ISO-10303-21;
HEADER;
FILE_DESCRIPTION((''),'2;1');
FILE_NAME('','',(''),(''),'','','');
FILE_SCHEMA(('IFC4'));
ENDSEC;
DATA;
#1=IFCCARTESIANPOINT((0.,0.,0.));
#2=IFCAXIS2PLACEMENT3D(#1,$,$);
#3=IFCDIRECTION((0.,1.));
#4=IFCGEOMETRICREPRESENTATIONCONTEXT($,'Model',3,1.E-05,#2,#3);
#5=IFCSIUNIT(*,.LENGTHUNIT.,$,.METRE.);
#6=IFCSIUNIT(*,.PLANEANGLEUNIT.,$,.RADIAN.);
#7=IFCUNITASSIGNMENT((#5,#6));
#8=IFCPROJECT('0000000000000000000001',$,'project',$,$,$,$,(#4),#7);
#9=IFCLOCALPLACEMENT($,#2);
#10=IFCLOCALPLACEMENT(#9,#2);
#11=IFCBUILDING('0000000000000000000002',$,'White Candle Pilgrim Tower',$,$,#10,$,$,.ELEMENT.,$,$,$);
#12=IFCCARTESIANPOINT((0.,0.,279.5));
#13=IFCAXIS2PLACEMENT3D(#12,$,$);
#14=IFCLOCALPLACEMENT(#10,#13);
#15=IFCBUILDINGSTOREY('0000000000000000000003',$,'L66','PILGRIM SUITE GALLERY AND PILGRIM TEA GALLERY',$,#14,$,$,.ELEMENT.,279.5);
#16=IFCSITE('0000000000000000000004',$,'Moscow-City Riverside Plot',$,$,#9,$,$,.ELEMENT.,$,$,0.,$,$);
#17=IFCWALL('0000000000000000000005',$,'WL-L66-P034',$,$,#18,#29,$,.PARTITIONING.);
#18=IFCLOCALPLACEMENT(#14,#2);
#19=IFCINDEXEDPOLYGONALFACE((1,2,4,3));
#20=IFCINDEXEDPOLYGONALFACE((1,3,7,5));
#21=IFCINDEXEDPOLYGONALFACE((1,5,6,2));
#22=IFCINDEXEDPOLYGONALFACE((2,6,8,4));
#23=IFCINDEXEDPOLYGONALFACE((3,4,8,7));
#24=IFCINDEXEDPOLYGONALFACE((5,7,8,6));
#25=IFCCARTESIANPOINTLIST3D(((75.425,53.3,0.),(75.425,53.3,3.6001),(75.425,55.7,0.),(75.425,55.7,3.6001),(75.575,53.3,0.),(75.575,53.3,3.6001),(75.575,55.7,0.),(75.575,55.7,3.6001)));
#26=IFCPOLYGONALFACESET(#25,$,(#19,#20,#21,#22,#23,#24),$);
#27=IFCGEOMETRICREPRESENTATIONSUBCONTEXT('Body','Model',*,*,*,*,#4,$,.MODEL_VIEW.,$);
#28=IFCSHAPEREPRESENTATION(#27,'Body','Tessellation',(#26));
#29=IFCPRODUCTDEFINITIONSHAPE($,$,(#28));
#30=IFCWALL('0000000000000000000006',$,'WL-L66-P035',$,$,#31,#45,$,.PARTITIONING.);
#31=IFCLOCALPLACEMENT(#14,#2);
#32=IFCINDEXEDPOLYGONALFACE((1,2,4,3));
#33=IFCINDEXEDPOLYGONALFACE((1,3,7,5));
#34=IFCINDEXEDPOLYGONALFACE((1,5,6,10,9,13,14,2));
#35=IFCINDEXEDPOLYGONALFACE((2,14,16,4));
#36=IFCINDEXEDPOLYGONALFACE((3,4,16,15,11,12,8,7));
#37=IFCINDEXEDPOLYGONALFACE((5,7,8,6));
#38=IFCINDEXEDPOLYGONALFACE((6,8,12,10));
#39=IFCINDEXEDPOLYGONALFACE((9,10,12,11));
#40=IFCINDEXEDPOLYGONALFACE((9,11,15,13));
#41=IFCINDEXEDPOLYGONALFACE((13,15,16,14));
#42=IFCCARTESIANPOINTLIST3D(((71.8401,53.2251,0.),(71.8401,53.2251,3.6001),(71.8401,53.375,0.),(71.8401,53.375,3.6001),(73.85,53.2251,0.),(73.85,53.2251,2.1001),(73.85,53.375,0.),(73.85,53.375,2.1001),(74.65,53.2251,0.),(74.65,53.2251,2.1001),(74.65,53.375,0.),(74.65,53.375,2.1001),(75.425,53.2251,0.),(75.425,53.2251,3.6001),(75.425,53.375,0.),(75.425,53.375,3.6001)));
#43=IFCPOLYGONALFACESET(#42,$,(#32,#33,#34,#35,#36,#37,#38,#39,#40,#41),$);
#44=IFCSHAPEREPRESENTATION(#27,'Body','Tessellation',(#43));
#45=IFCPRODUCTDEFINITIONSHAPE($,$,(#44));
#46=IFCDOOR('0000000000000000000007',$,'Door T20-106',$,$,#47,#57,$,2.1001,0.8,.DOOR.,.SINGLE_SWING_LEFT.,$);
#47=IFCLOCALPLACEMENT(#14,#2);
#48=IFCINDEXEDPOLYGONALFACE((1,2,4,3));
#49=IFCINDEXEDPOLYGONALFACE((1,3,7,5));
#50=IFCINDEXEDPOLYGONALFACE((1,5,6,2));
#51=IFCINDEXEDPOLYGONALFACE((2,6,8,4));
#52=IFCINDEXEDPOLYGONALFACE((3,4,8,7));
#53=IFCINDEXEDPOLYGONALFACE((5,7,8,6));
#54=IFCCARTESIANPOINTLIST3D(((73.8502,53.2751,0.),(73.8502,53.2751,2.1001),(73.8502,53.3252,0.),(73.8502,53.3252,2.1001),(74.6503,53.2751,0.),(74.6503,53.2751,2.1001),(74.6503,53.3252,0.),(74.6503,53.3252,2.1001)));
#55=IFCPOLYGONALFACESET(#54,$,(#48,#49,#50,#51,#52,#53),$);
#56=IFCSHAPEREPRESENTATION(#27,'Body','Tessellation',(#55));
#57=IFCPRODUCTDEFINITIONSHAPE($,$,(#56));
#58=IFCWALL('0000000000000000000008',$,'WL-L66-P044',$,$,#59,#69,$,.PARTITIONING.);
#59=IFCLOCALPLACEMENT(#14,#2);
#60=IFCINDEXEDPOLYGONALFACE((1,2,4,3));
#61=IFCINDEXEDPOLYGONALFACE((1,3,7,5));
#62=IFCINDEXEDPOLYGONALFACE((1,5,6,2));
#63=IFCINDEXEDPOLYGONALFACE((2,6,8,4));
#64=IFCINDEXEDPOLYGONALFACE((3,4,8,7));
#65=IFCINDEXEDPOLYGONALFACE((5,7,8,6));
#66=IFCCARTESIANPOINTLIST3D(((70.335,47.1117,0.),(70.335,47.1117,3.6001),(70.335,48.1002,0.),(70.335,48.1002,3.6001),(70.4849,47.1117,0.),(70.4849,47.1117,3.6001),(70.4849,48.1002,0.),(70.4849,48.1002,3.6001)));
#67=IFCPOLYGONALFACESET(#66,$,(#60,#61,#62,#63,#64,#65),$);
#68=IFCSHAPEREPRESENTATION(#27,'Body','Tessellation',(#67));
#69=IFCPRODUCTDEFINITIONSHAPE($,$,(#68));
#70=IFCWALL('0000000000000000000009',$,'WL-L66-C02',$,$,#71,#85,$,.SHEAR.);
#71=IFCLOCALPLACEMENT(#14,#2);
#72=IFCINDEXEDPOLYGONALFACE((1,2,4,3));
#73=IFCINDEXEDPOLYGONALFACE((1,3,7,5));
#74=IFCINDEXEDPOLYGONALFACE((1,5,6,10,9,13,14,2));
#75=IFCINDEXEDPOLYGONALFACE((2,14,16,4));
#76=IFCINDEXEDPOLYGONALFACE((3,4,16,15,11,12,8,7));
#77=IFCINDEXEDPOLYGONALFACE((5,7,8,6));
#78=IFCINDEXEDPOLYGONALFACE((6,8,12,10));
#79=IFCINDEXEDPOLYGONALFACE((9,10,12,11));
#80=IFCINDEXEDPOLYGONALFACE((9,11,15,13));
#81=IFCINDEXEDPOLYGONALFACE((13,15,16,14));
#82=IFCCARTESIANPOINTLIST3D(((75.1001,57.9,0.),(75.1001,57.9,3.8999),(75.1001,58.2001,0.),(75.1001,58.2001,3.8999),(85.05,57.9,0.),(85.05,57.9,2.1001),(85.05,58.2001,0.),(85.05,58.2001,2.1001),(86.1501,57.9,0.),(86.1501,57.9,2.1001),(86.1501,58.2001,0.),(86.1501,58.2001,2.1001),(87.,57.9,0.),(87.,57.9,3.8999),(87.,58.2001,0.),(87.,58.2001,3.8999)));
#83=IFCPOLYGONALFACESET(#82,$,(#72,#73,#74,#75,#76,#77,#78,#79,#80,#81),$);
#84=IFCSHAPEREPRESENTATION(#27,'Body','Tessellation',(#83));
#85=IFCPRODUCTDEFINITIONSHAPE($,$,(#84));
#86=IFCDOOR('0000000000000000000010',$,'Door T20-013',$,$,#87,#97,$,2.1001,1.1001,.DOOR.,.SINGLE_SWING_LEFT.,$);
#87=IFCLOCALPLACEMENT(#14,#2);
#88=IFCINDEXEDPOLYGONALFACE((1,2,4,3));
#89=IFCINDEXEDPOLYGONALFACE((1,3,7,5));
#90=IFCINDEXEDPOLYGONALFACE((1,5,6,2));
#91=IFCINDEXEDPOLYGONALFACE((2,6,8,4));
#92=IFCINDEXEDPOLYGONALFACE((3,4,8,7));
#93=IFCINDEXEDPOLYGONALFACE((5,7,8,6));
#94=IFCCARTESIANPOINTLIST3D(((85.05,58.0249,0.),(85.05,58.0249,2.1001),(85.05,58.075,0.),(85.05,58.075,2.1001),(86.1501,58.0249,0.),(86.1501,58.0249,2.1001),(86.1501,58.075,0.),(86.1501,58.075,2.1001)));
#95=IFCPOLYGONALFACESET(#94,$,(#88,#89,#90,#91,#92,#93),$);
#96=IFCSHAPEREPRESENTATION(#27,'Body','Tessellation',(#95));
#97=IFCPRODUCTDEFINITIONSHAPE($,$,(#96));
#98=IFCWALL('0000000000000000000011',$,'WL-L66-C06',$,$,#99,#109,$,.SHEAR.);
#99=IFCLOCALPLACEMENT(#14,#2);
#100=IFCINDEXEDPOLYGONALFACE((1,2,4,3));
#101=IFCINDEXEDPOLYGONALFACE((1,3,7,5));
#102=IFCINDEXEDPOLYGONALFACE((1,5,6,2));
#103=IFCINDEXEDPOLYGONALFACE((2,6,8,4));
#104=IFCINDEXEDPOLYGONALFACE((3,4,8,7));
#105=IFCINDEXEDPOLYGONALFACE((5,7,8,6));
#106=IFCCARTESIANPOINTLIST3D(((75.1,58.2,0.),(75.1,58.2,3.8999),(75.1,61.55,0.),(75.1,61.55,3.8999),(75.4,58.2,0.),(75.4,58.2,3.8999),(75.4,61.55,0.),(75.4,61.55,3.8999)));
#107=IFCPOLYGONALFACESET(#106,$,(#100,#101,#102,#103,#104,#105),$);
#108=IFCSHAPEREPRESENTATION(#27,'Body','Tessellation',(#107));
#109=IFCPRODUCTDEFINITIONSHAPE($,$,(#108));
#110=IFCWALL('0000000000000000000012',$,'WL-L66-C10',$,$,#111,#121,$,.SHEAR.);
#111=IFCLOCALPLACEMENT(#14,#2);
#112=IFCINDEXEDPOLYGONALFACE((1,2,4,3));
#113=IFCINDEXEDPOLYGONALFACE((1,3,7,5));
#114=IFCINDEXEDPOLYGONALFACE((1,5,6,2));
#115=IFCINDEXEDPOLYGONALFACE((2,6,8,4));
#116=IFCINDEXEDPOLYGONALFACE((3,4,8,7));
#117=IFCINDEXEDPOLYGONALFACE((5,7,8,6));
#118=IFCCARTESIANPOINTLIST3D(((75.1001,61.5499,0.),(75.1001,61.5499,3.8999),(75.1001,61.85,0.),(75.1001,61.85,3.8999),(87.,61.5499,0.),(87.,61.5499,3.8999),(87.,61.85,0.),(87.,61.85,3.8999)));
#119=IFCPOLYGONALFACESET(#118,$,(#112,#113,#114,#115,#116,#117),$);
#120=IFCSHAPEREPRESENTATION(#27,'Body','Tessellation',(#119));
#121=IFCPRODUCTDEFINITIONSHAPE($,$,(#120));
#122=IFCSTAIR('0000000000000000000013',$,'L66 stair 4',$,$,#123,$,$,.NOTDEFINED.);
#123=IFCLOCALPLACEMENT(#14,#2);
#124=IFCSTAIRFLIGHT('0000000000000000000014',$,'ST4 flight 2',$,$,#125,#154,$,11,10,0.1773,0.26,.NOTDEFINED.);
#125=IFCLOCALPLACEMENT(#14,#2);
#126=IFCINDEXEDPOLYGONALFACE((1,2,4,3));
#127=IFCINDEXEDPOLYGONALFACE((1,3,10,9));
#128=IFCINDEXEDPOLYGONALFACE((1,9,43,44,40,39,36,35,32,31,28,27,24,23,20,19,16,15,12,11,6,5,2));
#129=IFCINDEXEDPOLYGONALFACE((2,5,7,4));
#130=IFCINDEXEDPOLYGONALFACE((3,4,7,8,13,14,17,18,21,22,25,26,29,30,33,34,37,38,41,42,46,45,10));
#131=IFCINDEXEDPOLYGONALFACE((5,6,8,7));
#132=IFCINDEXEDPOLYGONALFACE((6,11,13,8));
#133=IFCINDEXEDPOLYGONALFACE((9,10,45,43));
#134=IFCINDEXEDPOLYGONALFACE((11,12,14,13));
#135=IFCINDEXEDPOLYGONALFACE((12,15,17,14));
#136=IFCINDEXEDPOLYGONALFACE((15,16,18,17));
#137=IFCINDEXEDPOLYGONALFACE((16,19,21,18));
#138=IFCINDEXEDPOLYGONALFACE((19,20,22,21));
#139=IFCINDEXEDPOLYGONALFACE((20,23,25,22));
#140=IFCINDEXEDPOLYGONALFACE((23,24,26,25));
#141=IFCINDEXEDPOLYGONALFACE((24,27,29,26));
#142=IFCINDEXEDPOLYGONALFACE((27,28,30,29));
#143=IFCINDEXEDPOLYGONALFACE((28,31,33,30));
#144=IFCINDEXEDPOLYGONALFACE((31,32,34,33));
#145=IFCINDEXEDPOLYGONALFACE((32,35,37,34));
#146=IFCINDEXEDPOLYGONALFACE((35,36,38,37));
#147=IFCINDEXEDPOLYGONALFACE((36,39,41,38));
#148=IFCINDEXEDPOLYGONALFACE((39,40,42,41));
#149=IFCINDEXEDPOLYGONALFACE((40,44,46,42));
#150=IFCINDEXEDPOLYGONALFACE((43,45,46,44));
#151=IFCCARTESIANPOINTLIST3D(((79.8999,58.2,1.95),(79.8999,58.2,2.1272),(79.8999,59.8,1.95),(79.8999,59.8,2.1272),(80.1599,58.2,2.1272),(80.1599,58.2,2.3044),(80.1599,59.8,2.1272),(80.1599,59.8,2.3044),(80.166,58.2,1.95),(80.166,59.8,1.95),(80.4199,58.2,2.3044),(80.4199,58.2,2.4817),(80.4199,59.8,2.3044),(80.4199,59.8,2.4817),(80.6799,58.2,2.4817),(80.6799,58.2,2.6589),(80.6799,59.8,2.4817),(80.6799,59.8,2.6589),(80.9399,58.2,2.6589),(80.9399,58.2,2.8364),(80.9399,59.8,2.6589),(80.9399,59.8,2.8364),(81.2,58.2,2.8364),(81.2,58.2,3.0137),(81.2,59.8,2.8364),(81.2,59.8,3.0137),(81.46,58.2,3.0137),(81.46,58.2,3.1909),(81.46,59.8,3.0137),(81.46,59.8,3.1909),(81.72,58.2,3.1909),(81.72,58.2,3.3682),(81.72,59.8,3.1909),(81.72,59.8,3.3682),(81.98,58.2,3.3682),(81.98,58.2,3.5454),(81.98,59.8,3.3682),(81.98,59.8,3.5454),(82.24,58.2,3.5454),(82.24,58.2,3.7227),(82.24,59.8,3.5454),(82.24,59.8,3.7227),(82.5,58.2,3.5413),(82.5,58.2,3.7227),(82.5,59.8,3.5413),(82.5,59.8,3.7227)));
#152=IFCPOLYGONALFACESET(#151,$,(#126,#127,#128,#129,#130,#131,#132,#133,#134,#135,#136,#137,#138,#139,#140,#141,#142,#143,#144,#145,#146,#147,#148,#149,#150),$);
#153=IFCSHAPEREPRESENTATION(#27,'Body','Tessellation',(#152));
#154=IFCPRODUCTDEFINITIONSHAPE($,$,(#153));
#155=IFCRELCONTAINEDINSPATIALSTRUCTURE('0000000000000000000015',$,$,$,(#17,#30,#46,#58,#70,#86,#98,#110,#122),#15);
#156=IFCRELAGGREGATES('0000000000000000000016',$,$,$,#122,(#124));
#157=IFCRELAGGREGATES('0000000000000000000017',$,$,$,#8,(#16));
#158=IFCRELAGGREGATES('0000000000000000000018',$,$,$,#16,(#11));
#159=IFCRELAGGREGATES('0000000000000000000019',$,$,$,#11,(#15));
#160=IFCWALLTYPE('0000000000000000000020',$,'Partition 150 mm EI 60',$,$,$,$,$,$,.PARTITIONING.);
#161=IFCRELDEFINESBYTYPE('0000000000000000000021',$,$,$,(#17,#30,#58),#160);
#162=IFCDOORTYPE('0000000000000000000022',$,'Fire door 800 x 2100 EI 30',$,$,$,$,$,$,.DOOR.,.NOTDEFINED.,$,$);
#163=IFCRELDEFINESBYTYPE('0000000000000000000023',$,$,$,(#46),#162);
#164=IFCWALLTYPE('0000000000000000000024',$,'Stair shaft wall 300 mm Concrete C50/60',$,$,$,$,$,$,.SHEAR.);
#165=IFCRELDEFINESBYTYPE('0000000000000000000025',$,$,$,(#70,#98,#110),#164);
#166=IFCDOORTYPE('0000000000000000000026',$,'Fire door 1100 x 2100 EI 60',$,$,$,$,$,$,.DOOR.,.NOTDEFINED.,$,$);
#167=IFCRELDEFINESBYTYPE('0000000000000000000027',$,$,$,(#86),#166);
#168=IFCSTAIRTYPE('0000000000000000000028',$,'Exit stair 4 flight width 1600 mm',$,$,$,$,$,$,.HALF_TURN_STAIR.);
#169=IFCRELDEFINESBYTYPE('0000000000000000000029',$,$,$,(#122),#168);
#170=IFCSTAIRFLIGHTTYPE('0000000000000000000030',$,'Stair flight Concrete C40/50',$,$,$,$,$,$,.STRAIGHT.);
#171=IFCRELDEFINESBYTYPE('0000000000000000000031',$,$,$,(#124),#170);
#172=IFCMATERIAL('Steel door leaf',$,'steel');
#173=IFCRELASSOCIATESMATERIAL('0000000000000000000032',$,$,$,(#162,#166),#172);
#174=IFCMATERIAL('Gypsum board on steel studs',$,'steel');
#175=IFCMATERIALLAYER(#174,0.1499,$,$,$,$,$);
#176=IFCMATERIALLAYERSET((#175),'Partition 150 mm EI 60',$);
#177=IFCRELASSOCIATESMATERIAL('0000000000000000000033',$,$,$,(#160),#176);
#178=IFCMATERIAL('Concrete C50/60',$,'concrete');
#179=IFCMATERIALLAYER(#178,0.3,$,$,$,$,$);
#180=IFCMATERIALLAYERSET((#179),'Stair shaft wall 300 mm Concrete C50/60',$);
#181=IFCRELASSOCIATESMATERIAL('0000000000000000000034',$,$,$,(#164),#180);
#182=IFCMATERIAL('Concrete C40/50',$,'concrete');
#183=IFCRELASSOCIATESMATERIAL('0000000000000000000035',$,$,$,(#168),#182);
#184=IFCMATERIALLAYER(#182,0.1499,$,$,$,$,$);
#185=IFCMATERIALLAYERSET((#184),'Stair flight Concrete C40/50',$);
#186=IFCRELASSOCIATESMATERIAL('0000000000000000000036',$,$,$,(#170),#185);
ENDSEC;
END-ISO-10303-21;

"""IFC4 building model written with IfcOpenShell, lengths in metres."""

from ifc_helpers import new_model, si_unit, direction, frame, frame_2d, origin, place, context, subcontext, project, spatial, polyline, rectangle, outline, extrude, material, layer, layer_set, type_object, element, fill, aggregate, save


model = new_model("IFC4")

# Units and contexts
model_context = context("Model", 3, precision=1e-05, world=origin(), true_north=direction((0.0, 1.0)))
body_context = subcontext(model_context, "Body", "Model", "MODEL_VIEW")
ifc_project = project(units=[si_unit("LENGTHUNIT", "METRE"), si_unit("PLANEANGLEUNIT", "RADIAN")], contexts=[model_context])

# Site, building, storey
site_placement = place(None, origin())
site = spatial("IfcSite", under=ifc_project, at=site_placement, Name="Moscow-City Riverside Plot", CompositionType="ELEMENT", RefElevation=0.0)
building_placement = place(site_placement, origin())
building = spatial("IfcBuilding", under=site, at=building_placement, Name="White Candle Pilgrim Tower", CompositionType="ELEMENT")
storey_placement = place(building_placement, frame((0.0, 0.0, 279.5)))
storey = spatial("IfcBuildingStorey", under=building, at=storey_placement, Name="L66", Description="PILGRIM SUITE GALLERY AND PILGRIM TEA GALLERY", CompositionType="ELEMENT", Elevation=279.5)

# Shared definitions
ifc_material_1 = material(Name="Concrete C50/60", Category="concrete")

# Shared definitions
ifc_material_2 = material(Name="Gypsum board on steel studs", Category="steel")

# Shared definitions
ifc_material_3 = material(Name="Steel door leaf", Category="steel")
door_type_1 = type_object("IfcDoorType", Name="Fire door 800 x 2100 EI 30", OperationType="NOTDEFINED", PredefinedType="DOOR", material=ifc_material_3)

# Wall
ifc_layer_1 = layer(ifc_material_2, 0.1499)
ifc_layer_set_1 = layer_set([ifc_layer_1], Name="Partition 150 mm EI 60")
wall_type_1 = type_object("IfcWallType", Name="Partition 150 mm EI 60", PredefinedType="PARTITIONING", material=ifc_layer_set_1)
wall_1_placement = place(storey_placement, frame((75.5, 55.7, 0.0), z_axis=(0.0, 0.0, 1.0), x_axis=(0.0, -1.0, 0.0)))
element("IfcWall", 1, at=wall_1_placement, inside=storey, type_object=wall_type_1, Name="WL-L66-P034", PredefinedType="PARTITIONING", context=body_context, shape_type="SweptSolid", body=[
    extrude(rectangle(XDim=2.3999, YDim=0.1499, at=frame_2d((1.2, 0.0))), origin(), (0.0, 0.0, 1.0), 3.6001),
])

# Wall, opening, door
wall_2_placement = place(storey_placement, frame((71.8401, 53.3, 0.0), z_axis=(0.0, 0.0, 1.0), x_axis=(1.0, 0.0, 0.0)))
wall_2 = element("IfcWall", 2, at=wall_2_placement, inside=storey, type_object=wall_type_1, Name="WL-L66-P035", PredefinedType="PARTITIONING", context=body_context, shape_type="SweptSolid", body=[
    extrude(rectangle(XDim=3.585, YDim=0.1499, at=frame_2d((1.7925, 0.0))), origin(), (0.0, 0.0, 1.0), 3.6001),
])
opening_1_placement = place(wall_2_placement, frame((2.01, 0.0, 0.0)))
opening_1 = element("IfcOpeningElement", 3, at=opening_1_placement, cuts=wall_2, PredefinedType="OPENING", context=body_context, shape_type="SweptSolid", body=[
    extrude(rectangle(XDim=0.8, YDim=2.1001, at=frame_2d((0.3999, 1.05))), frame((0.0, 0.085, 0.0), z_axis=(0.0, -1.0, 0.0), x_axis=(1.0, 0.0, 0.0)), (0.0, 0.0, 1.0), 0.1699),
])
door_1_placement = place(opening_1_placement, frame((0.8, 0.0, 0.0), z_axis=(0.0, 0.0, 1.0), x_axis=(-1.0, 0.0, 0.0)))
door_1 = element("IfcDoor", 4, at=door_1_placement, inside=storey, type_object=door_type_1, Name="Door T20-106", OperationType="SINGLE_SWING_LEFT", OverallHeight=2.1001, OverallWidth=0.8, PredefinedType="DOOR", context=body_context, shape_type="SweptSolid", body=[
    extrude(rectangle(XDim=0.8, YDim=2.1001, at=frame_2d((0.3999, 1.05))), frame((0.0, 0.0249, 0.0), z_axis=(0.0, -1.0, 0.0), x_axis=(1.0, 0.0, 0.0)), (0.0, 0.0, 1.0), 0.05),
])
fill(opening_1, door_1)

# Wall
wall_3_placement = place(storey_placement, frame((70.4099, 48.1001, 0.0), z_axis=(0.0, 0.0, 1.0), x_axis=(0.0, -1.0, 0.0)))
element("IfcWall", 5, at=wall_3_placement, inside=storey, type_object=wall_type_1, Name="WL-L66-P044", PredefinedType="PARTITIONING", context=body_context, shape_type="SweptSolid", body=[
    extrude(rectangle(XDim=0.9885, YDim=0.1499, at=frame_2d((0.4941, 0.0))), origin(), (0.0, 0.0, 1.0), 3.6001),
])

# Wall, opening, door
ifc_layer_2 = layer(ifc_material_1, 0.3)
ifc_layer_set_2 = layer_set([ifc_layer_2], Name="Stair shaft wall 300 mm Concrete C50/60")
wall_type_2 = type_object("IfcWallType", Name="Stair shaft wall 300 mm Concrete C50/60", PredefinedType="SHEAR", material=ifc_layer_set_2)
wall_4_placement = place(storey_placement, frame((75.1001, 58.05, 0.0), z_axis=(0.0, 0.0, 1.0), x_axis=(1.0, 0.0, 0.0)))
wall_4 = element("IfcWall", 6, at=wall_4_placement, inside=storey, type_object=wall_type_2, Name="WL-L66-C02", PredefinedType="SHEAR", context=body_context, shape_type="SweptSolid", body=[
    extrude(rectangle(XDim=11.8999, YDim=0.3, at=frame_2d((5.95, 0.0))), origin(), (0.0, 0.0, 1.0), 3.8999),
])
opening_2_placement = place(wall_4_placement, frame((9.95, 0.0, 0.0)))
opening_2 = element("IfcOpeningElement", 7, at=opening_2_placement, cuts=wall_4, PredefinedType="OPENING", context=body_context, shape_type="SweptSolid", body=[
    extrude(rectangle(XDim=1.1001, YDim=2.1001, at=frame_2d((0.55, 1.05))), frame((0.0, 0.1599, 0.0), z_axis=(0.0, -1.0, 0.0), x_axis=(1.0, 0.0, 0.0)), (0.0, 0.0, 1.0), 0.3201),
])
door_type_2 = type_object("IfcDoorType", Name="Fire door 1100 x 2100 EI 60", OperationType="NOTDEFINED", PredefinedType="DOOR", material=ifc_material_3)
door_2_placement = place(opening_2_placement, origin())
door_2 = element("IfcDoor", 8, at=door_2_placement, inside=storey, type_object=door_type_2, Name="Door T20-013", OperationType="SINGLE_SWING_LEFT", OverallHeight=2.1001, OverallWidth=1.1001, PredefinedType="DOOR", context=body_context, shape_type="SweptSolid", body=[
    extrude(rectangle(XDim=1.1001, YDim=2.1001, at=frame_2d((0.55, 1.05))), frame((0.0, 0.0249, 0.0), z_axis=(0.0, -1.0, 0.0), x_axis=(1.0, 0.0, 0.0)), (0.0, 0.0, 1.0), 0.05),
])
fill(opening_2, door_2)

# Walls
wall_5_placement = place(storey_placement, frame((75.25, 58.2, 0.0), z_axis=(0.0, 0.0, 1.0), x_axis=(0.0, 1.0, 0.0)))
element("IfcWall", 9, at=wall_5_placement, inside=storey, type_object=wall_type_2, Name="WL-L66-C06", PredefinedType="SHEAR", context=body_context, shape_type="SweptSolid", body=[
    extrude(rectangle(XDim=3.3501, YDim=0.3, at=frame_2d((1.675, 0.0))), origin(), (0.0, 0.0, 1.0), 3.8999),
])
wall_6_placement = place(storey_placement, frame((75.1001, 61.7, 0.0), z_axis=(0.0, 0.0, 1.0), x_axis=(1.0, 0.0, 0.0)))
element("IfcWall", 10, at=wall_6_placement, inside=storey, type_object=wall_type_2, Name="WL-L66-C10", PredefinedType="SHEAR", context=body_context, shape_type="SweptSolid", body=[
    extrude(rectangle(XDim=11.8999, YDim=0.3, at=frame_2d((5.95, 0.0))), origin(), (0.0, 0.0, 1.0), 3.8999),
])

# Stair, stair flight
ifc_material_4 = material(Name="Concrete C40/50", Category="concrete")
stair_type = type_object("IfcStairType", Name="Exit stair 4 flight width 1600 mm", PredefinedType="HALF_TURN_STAIR", material=ifc_material_4)
stair_placement = place(storey_placement, origin())
stair = element("IfcStair", 11, at=stair_placement, inside=storey, type_object=stair_type, Name="L66 stair 4", PredefinedType="NOTDEFINED")
ifc_layer_3 = layer(ifc_material_4, 0.1499)
ifc_layer_set_3 = layer_set([ifc_layer_3], Name="Stair flight Concrete C40/50")
stair_flight_type = type_object("IfcStairFlightType", Name="Stair flight Concrete C40/50", PredefinedType="STRAIGHT", material=ifc_layer_set_3)
stair_flight_placement = place(storey_placement, frame((79.8999, 59.0, 1.95), z_axis=(0.0, 0.0, 1.0), x_axis=(1.0, 0.0, 0.0)))
stair_flight = element("IfcStairFlight", 12, at=stair_flight_placement, type_object=stair_flight_type, Name="ST4 flight 2", NumberOfRisers=11, NumberOfTreads=10, PredefinedType="NOTDEFINED", RiserHeight=0.1773, TreadLength=0.26, context=body_context, shape_type="SweptSolid", body=[
    extrude(outline(polyline([(0.0, 0.0), (0.0, 0.1772), (0.26, 0.1772), (0.26, 0.3545), (0.52, 0.3545), (0.52, 0.5317), (0.78, 0.5317), (0.78, 0.709), (1.04, 0.709), (1.04, 0.8865), (1.3, 0.8865), (1.3, 1.0637), (1.5601, 1.0637), (1.5601, 1.241), (1.8201, 1.241), (1.8201, 1.4182), (2.0801, 1.4182), (2.0801, 1.5955), (2.3401, 1.5955), (2.3401, 1.7727), (2.6001, 1.7727), (2.6001, 1.95), (2.6001, 1.5913), (0.2661, 0.0), (0.0, 0.0)])), frame((0.0, 0.8, 0.0), z_axis=(0.0, -1.0, 0.0), x_axis=(1.0, 0.0, 0.0)), (0.0, 0.0, 1.0), 1.6001),
])
aggregate(stair, [stair_flight])

save(model, "model.ifc")
